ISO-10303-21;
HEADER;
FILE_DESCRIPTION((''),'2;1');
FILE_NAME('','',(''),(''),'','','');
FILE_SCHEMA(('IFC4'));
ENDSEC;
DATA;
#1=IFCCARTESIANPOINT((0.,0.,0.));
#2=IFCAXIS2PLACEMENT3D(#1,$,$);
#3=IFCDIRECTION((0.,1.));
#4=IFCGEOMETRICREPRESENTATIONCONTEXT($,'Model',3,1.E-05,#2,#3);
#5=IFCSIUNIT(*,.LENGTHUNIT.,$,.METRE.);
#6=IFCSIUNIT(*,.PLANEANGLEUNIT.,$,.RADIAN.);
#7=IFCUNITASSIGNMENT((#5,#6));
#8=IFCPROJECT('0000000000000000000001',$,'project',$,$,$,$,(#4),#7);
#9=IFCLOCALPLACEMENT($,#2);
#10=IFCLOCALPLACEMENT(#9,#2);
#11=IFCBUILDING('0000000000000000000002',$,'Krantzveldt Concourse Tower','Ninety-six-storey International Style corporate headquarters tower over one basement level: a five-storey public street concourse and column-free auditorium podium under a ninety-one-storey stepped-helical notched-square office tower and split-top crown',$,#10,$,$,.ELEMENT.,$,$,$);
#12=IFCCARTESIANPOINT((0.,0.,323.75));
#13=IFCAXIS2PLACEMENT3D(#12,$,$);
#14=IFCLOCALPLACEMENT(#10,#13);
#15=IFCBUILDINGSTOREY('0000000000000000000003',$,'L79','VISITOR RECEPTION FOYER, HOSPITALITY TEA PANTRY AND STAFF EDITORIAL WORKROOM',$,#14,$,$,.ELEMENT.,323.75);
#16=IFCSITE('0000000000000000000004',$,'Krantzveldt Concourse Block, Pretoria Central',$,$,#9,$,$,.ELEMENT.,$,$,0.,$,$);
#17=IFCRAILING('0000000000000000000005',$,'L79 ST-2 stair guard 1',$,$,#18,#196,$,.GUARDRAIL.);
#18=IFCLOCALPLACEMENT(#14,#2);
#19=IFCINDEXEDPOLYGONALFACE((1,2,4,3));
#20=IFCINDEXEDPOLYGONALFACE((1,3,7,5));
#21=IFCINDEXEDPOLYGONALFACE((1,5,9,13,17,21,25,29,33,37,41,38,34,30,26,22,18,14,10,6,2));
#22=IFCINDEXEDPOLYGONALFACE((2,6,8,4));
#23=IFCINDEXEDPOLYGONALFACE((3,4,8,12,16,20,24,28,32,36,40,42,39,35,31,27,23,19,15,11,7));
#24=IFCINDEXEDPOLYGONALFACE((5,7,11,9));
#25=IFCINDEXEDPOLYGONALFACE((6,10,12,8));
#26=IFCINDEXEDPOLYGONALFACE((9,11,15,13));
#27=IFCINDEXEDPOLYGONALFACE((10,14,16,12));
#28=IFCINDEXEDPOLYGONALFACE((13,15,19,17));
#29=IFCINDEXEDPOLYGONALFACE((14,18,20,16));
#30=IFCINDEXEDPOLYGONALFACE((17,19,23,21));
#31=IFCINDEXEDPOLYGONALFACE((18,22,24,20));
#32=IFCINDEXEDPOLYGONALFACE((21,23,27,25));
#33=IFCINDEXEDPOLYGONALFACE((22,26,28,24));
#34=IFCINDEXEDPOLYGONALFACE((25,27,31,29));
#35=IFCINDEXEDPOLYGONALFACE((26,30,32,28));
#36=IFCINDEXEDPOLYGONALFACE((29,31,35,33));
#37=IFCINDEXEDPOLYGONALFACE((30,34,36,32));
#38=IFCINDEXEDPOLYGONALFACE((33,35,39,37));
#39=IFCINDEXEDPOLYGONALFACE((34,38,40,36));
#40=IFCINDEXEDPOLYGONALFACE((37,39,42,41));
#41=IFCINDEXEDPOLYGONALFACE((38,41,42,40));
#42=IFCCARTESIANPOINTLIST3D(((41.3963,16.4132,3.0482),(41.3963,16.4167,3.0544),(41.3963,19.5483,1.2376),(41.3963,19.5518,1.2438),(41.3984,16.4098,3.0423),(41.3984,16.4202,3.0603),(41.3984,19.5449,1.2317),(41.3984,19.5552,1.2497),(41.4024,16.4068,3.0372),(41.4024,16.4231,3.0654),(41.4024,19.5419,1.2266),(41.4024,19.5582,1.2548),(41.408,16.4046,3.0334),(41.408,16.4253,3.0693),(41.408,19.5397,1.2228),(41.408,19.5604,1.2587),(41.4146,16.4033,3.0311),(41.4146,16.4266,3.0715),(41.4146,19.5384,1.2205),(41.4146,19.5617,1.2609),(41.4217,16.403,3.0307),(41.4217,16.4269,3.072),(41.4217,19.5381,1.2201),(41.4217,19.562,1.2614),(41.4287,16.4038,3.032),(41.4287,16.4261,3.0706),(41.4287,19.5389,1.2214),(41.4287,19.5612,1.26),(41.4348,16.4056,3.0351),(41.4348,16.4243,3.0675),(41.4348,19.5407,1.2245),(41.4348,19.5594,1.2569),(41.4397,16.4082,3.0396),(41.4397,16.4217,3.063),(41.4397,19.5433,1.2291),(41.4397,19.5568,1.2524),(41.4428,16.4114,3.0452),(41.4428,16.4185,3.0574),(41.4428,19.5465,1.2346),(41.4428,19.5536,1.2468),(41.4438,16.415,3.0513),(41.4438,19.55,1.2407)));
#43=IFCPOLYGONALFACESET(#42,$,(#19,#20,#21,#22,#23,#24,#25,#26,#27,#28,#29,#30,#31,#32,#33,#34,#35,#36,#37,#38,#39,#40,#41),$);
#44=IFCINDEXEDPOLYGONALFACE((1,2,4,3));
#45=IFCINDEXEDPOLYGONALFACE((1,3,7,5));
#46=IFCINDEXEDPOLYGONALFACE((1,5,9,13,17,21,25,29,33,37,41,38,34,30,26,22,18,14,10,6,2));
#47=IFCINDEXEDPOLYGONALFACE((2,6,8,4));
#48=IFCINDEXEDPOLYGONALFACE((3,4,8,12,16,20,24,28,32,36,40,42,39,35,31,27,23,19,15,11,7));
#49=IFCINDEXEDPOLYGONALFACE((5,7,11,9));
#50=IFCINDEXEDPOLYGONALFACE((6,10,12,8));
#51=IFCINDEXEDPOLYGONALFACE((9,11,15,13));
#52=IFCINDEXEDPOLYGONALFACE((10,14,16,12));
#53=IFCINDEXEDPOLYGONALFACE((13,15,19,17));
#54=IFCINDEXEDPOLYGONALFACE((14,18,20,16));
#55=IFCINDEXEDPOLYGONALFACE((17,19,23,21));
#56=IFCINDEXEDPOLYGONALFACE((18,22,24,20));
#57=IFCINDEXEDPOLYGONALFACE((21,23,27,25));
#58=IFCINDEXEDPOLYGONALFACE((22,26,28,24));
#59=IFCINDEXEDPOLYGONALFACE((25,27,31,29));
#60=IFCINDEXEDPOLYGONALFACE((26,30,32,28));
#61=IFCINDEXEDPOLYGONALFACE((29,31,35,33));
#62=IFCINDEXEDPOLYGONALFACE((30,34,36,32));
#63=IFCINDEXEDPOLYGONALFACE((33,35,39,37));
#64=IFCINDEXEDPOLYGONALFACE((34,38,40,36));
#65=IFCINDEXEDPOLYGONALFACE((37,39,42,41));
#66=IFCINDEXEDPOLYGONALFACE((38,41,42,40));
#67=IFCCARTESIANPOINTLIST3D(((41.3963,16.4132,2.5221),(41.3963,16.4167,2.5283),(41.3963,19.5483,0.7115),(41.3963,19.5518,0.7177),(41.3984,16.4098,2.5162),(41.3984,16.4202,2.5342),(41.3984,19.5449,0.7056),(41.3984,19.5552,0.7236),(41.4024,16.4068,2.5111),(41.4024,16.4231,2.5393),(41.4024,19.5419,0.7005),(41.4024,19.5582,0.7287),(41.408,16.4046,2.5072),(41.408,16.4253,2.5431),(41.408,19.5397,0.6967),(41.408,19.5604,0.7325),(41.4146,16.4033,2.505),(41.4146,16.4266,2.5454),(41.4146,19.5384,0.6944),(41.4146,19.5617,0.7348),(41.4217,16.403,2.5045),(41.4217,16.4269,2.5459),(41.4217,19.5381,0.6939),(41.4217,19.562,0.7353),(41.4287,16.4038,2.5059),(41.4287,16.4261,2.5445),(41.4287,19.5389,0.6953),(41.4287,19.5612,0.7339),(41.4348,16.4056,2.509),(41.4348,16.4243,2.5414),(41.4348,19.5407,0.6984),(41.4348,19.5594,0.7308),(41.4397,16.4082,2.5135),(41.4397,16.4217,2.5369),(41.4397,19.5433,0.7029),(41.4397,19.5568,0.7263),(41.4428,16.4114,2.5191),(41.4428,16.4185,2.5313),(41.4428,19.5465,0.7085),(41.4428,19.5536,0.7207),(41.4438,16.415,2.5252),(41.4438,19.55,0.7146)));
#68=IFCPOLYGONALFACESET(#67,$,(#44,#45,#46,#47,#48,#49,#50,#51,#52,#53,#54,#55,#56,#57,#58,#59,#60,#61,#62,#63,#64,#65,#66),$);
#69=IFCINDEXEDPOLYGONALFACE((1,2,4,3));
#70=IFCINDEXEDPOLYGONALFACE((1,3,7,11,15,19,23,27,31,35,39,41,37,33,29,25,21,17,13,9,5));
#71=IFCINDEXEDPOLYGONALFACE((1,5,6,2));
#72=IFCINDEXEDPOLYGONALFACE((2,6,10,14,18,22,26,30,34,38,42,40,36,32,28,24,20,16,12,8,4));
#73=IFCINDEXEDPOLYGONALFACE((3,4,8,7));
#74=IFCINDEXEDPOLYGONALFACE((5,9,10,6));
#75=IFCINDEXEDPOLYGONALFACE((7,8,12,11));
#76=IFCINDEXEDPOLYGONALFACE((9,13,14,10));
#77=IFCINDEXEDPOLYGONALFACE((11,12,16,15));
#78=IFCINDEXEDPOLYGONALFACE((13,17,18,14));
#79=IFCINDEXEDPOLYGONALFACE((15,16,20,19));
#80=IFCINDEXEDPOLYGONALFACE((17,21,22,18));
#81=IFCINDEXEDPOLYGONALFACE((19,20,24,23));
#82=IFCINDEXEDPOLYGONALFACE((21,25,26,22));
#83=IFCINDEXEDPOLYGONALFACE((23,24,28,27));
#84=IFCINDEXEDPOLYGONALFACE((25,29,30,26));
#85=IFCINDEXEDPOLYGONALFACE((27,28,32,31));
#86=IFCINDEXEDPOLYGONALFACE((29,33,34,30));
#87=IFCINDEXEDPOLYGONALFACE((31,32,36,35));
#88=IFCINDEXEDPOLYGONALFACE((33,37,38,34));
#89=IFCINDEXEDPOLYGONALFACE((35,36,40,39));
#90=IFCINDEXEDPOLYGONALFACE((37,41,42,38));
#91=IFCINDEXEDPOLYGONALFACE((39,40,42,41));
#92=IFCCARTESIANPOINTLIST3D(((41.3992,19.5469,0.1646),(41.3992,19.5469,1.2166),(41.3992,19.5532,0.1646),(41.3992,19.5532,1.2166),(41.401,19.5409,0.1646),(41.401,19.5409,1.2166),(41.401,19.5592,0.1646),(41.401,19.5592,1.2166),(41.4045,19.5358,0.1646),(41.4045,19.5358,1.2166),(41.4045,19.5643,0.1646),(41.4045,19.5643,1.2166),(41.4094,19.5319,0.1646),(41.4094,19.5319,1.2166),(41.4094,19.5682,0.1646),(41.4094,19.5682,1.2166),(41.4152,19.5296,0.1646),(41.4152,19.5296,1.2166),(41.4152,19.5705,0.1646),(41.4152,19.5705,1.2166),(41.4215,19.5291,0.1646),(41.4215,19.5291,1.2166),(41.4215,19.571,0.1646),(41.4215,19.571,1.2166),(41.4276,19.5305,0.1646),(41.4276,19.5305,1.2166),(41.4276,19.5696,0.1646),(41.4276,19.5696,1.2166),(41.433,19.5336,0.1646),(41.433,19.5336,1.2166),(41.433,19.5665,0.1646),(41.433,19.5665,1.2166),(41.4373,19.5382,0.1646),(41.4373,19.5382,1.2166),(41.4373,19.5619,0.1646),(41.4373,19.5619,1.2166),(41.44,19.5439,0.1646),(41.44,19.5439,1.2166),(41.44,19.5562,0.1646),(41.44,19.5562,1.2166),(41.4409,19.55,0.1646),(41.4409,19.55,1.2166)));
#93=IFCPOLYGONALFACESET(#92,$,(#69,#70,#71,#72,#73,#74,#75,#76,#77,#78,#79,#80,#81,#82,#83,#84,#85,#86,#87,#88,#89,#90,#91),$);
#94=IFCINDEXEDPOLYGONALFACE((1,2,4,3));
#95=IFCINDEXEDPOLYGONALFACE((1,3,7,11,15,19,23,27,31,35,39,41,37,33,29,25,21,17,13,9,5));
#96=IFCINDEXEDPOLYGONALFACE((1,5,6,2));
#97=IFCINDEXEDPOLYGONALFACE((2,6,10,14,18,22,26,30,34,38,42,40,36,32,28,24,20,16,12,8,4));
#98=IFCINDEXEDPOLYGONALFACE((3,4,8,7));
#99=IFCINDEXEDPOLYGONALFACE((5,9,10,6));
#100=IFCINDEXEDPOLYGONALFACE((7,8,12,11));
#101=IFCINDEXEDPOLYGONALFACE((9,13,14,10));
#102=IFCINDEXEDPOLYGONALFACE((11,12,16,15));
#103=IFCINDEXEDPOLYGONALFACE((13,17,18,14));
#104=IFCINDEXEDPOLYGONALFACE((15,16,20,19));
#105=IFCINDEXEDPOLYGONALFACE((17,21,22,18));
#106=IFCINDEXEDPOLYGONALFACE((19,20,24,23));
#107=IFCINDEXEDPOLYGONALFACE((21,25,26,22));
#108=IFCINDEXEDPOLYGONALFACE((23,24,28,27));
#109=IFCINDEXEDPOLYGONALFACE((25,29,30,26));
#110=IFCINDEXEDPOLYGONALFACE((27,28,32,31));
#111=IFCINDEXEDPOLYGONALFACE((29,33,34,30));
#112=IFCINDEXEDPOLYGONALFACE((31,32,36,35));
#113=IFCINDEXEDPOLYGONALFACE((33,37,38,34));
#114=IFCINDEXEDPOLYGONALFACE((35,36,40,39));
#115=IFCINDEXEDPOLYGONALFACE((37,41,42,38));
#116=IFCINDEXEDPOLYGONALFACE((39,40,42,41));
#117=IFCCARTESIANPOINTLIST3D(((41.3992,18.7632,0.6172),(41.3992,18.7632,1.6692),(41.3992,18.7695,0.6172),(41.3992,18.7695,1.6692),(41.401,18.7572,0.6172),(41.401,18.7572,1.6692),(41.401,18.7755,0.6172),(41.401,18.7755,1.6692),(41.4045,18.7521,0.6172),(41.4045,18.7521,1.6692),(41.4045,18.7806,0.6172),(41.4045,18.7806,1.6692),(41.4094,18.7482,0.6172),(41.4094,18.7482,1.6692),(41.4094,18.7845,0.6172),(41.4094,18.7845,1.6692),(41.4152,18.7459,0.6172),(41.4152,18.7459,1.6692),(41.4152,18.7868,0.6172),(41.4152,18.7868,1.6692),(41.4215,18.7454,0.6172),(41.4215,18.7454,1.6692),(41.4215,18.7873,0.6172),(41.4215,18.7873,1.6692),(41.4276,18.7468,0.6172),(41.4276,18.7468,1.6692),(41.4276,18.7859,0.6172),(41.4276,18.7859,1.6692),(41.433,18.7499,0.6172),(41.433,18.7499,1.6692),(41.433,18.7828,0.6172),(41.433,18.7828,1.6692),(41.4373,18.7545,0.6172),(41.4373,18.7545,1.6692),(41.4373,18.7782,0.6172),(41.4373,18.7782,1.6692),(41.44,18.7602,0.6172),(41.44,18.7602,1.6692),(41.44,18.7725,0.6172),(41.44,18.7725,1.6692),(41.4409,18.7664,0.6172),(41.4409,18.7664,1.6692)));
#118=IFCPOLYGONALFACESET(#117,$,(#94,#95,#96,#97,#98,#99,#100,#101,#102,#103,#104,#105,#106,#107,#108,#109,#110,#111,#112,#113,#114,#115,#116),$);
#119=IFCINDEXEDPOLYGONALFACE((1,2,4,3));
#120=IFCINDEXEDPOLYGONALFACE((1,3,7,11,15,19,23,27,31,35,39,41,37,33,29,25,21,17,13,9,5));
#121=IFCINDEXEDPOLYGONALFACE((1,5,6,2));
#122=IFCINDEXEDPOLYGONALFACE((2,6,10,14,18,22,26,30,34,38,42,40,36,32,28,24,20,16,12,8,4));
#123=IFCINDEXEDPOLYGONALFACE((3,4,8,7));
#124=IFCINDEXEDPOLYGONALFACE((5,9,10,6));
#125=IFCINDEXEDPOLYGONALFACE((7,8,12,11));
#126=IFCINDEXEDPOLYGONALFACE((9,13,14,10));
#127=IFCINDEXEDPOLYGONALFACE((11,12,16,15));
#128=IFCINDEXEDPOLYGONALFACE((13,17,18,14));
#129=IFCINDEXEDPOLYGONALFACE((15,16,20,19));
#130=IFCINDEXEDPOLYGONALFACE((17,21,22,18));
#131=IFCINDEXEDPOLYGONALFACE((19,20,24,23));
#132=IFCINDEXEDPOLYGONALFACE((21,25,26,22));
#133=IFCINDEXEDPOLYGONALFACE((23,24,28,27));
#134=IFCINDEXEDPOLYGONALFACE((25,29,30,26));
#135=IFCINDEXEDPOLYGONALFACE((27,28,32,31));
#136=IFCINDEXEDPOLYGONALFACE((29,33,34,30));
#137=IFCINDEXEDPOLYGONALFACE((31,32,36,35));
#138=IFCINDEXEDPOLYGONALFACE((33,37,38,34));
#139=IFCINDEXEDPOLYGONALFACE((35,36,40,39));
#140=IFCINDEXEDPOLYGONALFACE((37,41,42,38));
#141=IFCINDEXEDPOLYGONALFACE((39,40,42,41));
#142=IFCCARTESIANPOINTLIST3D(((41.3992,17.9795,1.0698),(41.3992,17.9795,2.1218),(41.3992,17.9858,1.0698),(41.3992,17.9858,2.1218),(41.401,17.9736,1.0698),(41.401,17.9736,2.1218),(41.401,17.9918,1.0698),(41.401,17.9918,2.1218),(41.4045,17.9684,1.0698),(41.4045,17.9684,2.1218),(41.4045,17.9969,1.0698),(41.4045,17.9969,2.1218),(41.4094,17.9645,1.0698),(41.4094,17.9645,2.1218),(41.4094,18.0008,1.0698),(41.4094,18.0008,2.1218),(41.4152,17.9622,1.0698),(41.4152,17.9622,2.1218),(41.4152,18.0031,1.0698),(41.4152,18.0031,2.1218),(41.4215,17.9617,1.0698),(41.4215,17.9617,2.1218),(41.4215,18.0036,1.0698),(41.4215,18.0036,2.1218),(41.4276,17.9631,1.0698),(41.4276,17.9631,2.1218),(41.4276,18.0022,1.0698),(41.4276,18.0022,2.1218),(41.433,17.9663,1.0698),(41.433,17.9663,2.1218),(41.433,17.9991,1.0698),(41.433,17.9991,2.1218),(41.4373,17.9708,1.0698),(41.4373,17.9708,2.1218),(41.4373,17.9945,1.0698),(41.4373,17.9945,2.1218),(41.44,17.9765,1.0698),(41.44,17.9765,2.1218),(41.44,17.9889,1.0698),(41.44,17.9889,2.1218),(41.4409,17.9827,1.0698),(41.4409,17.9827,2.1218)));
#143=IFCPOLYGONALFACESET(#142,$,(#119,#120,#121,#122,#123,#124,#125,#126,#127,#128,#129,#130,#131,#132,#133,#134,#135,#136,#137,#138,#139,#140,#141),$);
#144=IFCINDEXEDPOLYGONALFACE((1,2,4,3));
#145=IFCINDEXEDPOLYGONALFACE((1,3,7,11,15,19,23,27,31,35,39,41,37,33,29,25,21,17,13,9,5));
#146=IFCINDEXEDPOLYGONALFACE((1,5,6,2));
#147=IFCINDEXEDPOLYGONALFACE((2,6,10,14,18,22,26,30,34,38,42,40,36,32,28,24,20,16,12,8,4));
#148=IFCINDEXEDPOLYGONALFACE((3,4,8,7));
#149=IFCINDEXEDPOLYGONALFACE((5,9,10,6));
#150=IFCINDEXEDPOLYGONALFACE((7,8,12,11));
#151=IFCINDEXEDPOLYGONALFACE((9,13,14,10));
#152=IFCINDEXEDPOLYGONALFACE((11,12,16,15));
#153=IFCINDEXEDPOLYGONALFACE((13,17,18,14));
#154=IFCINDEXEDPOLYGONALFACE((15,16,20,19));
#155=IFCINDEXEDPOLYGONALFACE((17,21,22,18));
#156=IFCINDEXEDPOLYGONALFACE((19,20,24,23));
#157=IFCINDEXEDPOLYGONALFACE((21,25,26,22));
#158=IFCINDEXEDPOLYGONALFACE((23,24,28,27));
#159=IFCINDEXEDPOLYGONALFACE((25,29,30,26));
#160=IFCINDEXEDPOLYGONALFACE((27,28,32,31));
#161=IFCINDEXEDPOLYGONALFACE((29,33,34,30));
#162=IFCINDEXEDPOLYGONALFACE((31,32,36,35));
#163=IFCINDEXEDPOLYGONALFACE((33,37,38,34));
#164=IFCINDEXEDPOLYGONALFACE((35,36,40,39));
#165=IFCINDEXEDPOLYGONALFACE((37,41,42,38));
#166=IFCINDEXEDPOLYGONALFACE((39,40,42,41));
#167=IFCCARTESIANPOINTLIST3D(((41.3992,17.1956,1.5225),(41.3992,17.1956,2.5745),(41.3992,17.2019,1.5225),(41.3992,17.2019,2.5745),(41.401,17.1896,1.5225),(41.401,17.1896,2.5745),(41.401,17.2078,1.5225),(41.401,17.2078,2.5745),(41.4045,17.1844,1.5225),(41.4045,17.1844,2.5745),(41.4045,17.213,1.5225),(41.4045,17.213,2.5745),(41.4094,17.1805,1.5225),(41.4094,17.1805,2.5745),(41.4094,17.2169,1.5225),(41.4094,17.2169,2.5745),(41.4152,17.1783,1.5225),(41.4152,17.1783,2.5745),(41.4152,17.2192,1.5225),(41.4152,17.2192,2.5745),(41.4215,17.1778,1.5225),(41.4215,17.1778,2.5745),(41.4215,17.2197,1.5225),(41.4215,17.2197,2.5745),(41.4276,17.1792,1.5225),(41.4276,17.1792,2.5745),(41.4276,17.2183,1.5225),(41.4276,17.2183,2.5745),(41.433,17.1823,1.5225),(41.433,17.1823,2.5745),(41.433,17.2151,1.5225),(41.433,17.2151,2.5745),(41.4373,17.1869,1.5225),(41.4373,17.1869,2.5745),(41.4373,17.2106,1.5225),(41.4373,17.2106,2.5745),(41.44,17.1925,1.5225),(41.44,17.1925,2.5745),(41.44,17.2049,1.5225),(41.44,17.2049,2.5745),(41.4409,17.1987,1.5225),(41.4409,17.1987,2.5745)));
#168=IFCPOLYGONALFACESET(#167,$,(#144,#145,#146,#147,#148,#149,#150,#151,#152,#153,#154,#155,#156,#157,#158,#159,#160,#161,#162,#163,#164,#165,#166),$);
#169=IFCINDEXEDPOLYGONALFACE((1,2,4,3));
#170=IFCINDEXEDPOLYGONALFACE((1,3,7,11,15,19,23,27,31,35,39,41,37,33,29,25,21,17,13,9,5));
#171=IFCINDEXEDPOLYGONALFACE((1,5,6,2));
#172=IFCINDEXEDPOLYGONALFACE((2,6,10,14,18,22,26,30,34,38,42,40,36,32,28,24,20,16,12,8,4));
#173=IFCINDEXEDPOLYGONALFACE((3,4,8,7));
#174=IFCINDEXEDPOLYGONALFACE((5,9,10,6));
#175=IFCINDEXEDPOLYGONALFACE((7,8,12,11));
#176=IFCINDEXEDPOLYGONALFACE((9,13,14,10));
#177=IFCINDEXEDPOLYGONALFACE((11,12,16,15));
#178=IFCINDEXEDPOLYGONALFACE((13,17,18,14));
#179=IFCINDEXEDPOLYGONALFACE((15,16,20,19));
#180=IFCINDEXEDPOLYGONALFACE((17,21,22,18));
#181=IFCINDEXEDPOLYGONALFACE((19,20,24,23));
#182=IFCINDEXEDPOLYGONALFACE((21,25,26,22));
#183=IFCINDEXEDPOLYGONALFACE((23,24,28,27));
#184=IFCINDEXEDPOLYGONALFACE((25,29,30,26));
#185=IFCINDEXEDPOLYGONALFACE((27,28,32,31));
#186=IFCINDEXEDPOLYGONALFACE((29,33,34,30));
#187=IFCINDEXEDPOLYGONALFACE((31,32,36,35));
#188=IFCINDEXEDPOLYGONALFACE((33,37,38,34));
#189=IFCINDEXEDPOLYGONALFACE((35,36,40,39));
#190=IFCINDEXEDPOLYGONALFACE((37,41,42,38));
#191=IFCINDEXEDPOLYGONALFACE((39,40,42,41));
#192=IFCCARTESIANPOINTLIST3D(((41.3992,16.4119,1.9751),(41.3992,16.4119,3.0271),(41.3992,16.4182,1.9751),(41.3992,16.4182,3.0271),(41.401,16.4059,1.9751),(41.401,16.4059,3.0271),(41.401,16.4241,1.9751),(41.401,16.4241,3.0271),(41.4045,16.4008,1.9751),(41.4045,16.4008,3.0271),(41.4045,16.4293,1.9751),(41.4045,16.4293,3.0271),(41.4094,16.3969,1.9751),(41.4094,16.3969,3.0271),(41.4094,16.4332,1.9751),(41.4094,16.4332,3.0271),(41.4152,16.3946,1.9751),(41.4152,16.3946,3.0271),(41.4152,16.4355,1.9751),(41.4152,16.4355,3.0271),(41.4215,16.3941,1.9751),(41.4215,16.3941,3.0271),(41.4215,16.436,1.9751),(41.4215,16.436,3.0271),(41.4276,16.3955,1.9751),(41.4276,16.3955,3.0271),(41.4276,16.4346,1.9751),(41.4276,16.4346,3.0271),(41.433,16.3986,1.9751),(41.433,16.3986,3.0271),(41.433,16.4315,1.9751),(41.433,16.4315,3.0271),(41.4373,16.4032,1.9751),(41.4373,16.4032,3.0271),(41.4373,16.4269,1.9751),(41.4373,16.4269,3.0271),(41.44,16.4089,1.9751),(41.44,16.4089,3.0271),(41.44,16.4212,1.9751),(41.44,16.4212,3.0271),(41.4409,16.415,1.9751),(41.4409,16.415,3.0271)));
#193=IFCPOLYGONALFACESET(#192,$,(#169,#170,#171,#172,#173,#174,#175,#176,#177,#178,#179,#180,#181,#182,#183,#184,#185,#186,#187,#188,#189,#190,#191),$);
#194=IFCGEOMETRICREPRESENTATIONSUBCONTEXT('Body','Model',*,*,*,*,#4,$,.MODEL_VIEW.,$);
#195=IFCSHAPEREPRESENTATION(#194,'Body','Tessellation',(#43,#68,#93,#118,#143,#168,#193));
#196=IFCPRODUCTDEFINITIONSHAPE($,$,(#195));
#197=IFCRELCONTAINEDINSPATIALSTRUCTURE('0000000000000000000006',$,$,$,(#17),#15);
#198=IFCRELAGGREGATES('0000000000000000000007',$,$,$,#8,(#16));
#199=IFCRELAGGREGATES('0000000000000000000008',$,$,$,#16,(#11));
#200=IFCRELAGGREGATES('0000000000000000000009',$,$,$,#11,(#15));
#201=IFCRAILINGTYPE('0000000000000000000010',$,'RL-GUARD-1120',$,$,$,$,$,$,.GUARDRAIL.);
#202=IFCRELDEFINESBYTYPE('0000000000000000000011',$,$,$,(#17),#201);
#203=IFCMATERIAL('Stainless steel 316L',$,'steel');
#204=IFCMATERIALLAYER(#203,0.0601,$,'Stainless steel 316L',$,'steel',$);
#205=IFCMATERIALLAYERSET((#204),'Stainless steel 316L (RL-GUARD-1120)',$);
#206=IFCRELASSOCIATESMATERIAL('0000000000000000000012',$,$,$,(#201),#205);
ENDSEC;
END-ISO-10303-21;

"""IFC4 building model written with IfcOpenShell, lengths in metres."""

from ifc_helpers import new_model, si_unit, direction, frame, origin, origin_2d, place, context, subcontext, project, spatial, circle, extrude, material, layer, layer_set, type_object, element, save


model = new_model("IFC4")

# Units and contexts
model_context = context("Model", 3, precision=1e-05, world=origin(), true_north=direction((0.0, 1.0)))
body_context = subcontext(model_context, "Body", "Model", "MODEL_VIEW")
ifc_project = project(units=[si_unit("LENGTHUNIT", "METRE"), si_unit("PLANEANGLEUNIT", "RADIAN")], contexts=[model_context])

# Site, building, storey
site_placement = place(None, origin())
site = spatial("IfcSite", under=ifc_project, at=site_placement, Name="Krantzveldt Concourse Block, Pretoria Central", CompositionType="ELEMENT", RefElevation=0.0)
building_placement = place(site_placement, origin())
building = spatial("IfcBuilding", under=site, at=building_placement, Name="Krantzveldt Concourse Tower", Description="Ninety-six-storey International Style corporate headquarters tower over one basement level: a five-storey public street concourse and column-free auditorium podium under a ninety-one-storey stepped-helical notched-square office tower and split-top crown", CompositionType="ELEMENT")
storey_placement = place(building_placement, frame((0.0, 0.0, 323.75)))
storey = spatial("IfcBuildingStorey", under=building, at=storey_placement, Name="L79", Description="VISITOR RECEPTION FOYER, HOSPITALITY TEA PANTRY AND STAFF EDITORIAL WORKROOM", CompositionType="ELEMENT", Elevation=323.75)

# Shared definitions
ifc_material_1 = material(Name="Stainless steel 316L", Category="steel")

# Railing
ifc_layer_1 = layer(ifc_material_1, 0.0601, Name="Stainless steel 316L", Category="steel")
ifc_layer_set_1 = layer_set([ifc_layer_1], Name="Stainless steel 316L (RL-GUARD-1120)")
railing_type_1 = type_object("IfcRailingType", Name="RL-GUARD-1120", PredefinedType="GUARDRAIL", material=ifc_layer_set_1)
railing_1_placement = place(storey_placement, frame((41.4199, 19.55, 0.1646)))
element("IfcRailing", 1, at=railing_1_placement, inside=storey, type_object=railing_type_1, Name="L79 ST-2 stair guard 1", PredefinedType="GUARDRAIL", context=body_context, shape_type="SweptSolid", body=[
    extrude(circle(Radius=0.0239, at=origin_2d()), frame((0.0, 0.0, 1.0762), z_axis=(0.0, -0.86596, 0.500114), x_axis=(1.0, 0.0, 0.0)), (0.0, 0.0, 1.0), 3.6204),
    extrude(circle(Radius=0.0239, at=origin_2d()), frame((0.0, 0.0, 0.55), z_axis=(0.0, -0.86596, 0.500114), x_axis=(1.0, 0.0, 0.0)), (0.0, 0.0, 1.0), 3.6204),
    extrude(circle(Radius=0.021, at=origin_2d()), origin(), (0.0, 0.0, 1.0), 1.052),
    extrude(circle(Radius=0.021, at=origin_2d()), frame((0.0, -0.7837, 0.4526)), (0.0, 0.0, 1.0), 1.052),
    extrude(circle(Radius=0.021, at=origin_2d()), frame((0.0, -1.5674, 0.9053)), (0.0, 0.0, 1.0), 1.052),
    extrude(circle(Radius=0.021, at=origin_2d()), frame((0.0, -2.3513, 1.3579)), (0.0, 0.0, 1.0), 1.052),
    extrude(circle(Radius=0.021, at=origin_2d()), frame((0.0, -3.135, 1.8105)), (0.0, 0.0, 1.0), 1.052),
])

save(model, "model.ifc")
